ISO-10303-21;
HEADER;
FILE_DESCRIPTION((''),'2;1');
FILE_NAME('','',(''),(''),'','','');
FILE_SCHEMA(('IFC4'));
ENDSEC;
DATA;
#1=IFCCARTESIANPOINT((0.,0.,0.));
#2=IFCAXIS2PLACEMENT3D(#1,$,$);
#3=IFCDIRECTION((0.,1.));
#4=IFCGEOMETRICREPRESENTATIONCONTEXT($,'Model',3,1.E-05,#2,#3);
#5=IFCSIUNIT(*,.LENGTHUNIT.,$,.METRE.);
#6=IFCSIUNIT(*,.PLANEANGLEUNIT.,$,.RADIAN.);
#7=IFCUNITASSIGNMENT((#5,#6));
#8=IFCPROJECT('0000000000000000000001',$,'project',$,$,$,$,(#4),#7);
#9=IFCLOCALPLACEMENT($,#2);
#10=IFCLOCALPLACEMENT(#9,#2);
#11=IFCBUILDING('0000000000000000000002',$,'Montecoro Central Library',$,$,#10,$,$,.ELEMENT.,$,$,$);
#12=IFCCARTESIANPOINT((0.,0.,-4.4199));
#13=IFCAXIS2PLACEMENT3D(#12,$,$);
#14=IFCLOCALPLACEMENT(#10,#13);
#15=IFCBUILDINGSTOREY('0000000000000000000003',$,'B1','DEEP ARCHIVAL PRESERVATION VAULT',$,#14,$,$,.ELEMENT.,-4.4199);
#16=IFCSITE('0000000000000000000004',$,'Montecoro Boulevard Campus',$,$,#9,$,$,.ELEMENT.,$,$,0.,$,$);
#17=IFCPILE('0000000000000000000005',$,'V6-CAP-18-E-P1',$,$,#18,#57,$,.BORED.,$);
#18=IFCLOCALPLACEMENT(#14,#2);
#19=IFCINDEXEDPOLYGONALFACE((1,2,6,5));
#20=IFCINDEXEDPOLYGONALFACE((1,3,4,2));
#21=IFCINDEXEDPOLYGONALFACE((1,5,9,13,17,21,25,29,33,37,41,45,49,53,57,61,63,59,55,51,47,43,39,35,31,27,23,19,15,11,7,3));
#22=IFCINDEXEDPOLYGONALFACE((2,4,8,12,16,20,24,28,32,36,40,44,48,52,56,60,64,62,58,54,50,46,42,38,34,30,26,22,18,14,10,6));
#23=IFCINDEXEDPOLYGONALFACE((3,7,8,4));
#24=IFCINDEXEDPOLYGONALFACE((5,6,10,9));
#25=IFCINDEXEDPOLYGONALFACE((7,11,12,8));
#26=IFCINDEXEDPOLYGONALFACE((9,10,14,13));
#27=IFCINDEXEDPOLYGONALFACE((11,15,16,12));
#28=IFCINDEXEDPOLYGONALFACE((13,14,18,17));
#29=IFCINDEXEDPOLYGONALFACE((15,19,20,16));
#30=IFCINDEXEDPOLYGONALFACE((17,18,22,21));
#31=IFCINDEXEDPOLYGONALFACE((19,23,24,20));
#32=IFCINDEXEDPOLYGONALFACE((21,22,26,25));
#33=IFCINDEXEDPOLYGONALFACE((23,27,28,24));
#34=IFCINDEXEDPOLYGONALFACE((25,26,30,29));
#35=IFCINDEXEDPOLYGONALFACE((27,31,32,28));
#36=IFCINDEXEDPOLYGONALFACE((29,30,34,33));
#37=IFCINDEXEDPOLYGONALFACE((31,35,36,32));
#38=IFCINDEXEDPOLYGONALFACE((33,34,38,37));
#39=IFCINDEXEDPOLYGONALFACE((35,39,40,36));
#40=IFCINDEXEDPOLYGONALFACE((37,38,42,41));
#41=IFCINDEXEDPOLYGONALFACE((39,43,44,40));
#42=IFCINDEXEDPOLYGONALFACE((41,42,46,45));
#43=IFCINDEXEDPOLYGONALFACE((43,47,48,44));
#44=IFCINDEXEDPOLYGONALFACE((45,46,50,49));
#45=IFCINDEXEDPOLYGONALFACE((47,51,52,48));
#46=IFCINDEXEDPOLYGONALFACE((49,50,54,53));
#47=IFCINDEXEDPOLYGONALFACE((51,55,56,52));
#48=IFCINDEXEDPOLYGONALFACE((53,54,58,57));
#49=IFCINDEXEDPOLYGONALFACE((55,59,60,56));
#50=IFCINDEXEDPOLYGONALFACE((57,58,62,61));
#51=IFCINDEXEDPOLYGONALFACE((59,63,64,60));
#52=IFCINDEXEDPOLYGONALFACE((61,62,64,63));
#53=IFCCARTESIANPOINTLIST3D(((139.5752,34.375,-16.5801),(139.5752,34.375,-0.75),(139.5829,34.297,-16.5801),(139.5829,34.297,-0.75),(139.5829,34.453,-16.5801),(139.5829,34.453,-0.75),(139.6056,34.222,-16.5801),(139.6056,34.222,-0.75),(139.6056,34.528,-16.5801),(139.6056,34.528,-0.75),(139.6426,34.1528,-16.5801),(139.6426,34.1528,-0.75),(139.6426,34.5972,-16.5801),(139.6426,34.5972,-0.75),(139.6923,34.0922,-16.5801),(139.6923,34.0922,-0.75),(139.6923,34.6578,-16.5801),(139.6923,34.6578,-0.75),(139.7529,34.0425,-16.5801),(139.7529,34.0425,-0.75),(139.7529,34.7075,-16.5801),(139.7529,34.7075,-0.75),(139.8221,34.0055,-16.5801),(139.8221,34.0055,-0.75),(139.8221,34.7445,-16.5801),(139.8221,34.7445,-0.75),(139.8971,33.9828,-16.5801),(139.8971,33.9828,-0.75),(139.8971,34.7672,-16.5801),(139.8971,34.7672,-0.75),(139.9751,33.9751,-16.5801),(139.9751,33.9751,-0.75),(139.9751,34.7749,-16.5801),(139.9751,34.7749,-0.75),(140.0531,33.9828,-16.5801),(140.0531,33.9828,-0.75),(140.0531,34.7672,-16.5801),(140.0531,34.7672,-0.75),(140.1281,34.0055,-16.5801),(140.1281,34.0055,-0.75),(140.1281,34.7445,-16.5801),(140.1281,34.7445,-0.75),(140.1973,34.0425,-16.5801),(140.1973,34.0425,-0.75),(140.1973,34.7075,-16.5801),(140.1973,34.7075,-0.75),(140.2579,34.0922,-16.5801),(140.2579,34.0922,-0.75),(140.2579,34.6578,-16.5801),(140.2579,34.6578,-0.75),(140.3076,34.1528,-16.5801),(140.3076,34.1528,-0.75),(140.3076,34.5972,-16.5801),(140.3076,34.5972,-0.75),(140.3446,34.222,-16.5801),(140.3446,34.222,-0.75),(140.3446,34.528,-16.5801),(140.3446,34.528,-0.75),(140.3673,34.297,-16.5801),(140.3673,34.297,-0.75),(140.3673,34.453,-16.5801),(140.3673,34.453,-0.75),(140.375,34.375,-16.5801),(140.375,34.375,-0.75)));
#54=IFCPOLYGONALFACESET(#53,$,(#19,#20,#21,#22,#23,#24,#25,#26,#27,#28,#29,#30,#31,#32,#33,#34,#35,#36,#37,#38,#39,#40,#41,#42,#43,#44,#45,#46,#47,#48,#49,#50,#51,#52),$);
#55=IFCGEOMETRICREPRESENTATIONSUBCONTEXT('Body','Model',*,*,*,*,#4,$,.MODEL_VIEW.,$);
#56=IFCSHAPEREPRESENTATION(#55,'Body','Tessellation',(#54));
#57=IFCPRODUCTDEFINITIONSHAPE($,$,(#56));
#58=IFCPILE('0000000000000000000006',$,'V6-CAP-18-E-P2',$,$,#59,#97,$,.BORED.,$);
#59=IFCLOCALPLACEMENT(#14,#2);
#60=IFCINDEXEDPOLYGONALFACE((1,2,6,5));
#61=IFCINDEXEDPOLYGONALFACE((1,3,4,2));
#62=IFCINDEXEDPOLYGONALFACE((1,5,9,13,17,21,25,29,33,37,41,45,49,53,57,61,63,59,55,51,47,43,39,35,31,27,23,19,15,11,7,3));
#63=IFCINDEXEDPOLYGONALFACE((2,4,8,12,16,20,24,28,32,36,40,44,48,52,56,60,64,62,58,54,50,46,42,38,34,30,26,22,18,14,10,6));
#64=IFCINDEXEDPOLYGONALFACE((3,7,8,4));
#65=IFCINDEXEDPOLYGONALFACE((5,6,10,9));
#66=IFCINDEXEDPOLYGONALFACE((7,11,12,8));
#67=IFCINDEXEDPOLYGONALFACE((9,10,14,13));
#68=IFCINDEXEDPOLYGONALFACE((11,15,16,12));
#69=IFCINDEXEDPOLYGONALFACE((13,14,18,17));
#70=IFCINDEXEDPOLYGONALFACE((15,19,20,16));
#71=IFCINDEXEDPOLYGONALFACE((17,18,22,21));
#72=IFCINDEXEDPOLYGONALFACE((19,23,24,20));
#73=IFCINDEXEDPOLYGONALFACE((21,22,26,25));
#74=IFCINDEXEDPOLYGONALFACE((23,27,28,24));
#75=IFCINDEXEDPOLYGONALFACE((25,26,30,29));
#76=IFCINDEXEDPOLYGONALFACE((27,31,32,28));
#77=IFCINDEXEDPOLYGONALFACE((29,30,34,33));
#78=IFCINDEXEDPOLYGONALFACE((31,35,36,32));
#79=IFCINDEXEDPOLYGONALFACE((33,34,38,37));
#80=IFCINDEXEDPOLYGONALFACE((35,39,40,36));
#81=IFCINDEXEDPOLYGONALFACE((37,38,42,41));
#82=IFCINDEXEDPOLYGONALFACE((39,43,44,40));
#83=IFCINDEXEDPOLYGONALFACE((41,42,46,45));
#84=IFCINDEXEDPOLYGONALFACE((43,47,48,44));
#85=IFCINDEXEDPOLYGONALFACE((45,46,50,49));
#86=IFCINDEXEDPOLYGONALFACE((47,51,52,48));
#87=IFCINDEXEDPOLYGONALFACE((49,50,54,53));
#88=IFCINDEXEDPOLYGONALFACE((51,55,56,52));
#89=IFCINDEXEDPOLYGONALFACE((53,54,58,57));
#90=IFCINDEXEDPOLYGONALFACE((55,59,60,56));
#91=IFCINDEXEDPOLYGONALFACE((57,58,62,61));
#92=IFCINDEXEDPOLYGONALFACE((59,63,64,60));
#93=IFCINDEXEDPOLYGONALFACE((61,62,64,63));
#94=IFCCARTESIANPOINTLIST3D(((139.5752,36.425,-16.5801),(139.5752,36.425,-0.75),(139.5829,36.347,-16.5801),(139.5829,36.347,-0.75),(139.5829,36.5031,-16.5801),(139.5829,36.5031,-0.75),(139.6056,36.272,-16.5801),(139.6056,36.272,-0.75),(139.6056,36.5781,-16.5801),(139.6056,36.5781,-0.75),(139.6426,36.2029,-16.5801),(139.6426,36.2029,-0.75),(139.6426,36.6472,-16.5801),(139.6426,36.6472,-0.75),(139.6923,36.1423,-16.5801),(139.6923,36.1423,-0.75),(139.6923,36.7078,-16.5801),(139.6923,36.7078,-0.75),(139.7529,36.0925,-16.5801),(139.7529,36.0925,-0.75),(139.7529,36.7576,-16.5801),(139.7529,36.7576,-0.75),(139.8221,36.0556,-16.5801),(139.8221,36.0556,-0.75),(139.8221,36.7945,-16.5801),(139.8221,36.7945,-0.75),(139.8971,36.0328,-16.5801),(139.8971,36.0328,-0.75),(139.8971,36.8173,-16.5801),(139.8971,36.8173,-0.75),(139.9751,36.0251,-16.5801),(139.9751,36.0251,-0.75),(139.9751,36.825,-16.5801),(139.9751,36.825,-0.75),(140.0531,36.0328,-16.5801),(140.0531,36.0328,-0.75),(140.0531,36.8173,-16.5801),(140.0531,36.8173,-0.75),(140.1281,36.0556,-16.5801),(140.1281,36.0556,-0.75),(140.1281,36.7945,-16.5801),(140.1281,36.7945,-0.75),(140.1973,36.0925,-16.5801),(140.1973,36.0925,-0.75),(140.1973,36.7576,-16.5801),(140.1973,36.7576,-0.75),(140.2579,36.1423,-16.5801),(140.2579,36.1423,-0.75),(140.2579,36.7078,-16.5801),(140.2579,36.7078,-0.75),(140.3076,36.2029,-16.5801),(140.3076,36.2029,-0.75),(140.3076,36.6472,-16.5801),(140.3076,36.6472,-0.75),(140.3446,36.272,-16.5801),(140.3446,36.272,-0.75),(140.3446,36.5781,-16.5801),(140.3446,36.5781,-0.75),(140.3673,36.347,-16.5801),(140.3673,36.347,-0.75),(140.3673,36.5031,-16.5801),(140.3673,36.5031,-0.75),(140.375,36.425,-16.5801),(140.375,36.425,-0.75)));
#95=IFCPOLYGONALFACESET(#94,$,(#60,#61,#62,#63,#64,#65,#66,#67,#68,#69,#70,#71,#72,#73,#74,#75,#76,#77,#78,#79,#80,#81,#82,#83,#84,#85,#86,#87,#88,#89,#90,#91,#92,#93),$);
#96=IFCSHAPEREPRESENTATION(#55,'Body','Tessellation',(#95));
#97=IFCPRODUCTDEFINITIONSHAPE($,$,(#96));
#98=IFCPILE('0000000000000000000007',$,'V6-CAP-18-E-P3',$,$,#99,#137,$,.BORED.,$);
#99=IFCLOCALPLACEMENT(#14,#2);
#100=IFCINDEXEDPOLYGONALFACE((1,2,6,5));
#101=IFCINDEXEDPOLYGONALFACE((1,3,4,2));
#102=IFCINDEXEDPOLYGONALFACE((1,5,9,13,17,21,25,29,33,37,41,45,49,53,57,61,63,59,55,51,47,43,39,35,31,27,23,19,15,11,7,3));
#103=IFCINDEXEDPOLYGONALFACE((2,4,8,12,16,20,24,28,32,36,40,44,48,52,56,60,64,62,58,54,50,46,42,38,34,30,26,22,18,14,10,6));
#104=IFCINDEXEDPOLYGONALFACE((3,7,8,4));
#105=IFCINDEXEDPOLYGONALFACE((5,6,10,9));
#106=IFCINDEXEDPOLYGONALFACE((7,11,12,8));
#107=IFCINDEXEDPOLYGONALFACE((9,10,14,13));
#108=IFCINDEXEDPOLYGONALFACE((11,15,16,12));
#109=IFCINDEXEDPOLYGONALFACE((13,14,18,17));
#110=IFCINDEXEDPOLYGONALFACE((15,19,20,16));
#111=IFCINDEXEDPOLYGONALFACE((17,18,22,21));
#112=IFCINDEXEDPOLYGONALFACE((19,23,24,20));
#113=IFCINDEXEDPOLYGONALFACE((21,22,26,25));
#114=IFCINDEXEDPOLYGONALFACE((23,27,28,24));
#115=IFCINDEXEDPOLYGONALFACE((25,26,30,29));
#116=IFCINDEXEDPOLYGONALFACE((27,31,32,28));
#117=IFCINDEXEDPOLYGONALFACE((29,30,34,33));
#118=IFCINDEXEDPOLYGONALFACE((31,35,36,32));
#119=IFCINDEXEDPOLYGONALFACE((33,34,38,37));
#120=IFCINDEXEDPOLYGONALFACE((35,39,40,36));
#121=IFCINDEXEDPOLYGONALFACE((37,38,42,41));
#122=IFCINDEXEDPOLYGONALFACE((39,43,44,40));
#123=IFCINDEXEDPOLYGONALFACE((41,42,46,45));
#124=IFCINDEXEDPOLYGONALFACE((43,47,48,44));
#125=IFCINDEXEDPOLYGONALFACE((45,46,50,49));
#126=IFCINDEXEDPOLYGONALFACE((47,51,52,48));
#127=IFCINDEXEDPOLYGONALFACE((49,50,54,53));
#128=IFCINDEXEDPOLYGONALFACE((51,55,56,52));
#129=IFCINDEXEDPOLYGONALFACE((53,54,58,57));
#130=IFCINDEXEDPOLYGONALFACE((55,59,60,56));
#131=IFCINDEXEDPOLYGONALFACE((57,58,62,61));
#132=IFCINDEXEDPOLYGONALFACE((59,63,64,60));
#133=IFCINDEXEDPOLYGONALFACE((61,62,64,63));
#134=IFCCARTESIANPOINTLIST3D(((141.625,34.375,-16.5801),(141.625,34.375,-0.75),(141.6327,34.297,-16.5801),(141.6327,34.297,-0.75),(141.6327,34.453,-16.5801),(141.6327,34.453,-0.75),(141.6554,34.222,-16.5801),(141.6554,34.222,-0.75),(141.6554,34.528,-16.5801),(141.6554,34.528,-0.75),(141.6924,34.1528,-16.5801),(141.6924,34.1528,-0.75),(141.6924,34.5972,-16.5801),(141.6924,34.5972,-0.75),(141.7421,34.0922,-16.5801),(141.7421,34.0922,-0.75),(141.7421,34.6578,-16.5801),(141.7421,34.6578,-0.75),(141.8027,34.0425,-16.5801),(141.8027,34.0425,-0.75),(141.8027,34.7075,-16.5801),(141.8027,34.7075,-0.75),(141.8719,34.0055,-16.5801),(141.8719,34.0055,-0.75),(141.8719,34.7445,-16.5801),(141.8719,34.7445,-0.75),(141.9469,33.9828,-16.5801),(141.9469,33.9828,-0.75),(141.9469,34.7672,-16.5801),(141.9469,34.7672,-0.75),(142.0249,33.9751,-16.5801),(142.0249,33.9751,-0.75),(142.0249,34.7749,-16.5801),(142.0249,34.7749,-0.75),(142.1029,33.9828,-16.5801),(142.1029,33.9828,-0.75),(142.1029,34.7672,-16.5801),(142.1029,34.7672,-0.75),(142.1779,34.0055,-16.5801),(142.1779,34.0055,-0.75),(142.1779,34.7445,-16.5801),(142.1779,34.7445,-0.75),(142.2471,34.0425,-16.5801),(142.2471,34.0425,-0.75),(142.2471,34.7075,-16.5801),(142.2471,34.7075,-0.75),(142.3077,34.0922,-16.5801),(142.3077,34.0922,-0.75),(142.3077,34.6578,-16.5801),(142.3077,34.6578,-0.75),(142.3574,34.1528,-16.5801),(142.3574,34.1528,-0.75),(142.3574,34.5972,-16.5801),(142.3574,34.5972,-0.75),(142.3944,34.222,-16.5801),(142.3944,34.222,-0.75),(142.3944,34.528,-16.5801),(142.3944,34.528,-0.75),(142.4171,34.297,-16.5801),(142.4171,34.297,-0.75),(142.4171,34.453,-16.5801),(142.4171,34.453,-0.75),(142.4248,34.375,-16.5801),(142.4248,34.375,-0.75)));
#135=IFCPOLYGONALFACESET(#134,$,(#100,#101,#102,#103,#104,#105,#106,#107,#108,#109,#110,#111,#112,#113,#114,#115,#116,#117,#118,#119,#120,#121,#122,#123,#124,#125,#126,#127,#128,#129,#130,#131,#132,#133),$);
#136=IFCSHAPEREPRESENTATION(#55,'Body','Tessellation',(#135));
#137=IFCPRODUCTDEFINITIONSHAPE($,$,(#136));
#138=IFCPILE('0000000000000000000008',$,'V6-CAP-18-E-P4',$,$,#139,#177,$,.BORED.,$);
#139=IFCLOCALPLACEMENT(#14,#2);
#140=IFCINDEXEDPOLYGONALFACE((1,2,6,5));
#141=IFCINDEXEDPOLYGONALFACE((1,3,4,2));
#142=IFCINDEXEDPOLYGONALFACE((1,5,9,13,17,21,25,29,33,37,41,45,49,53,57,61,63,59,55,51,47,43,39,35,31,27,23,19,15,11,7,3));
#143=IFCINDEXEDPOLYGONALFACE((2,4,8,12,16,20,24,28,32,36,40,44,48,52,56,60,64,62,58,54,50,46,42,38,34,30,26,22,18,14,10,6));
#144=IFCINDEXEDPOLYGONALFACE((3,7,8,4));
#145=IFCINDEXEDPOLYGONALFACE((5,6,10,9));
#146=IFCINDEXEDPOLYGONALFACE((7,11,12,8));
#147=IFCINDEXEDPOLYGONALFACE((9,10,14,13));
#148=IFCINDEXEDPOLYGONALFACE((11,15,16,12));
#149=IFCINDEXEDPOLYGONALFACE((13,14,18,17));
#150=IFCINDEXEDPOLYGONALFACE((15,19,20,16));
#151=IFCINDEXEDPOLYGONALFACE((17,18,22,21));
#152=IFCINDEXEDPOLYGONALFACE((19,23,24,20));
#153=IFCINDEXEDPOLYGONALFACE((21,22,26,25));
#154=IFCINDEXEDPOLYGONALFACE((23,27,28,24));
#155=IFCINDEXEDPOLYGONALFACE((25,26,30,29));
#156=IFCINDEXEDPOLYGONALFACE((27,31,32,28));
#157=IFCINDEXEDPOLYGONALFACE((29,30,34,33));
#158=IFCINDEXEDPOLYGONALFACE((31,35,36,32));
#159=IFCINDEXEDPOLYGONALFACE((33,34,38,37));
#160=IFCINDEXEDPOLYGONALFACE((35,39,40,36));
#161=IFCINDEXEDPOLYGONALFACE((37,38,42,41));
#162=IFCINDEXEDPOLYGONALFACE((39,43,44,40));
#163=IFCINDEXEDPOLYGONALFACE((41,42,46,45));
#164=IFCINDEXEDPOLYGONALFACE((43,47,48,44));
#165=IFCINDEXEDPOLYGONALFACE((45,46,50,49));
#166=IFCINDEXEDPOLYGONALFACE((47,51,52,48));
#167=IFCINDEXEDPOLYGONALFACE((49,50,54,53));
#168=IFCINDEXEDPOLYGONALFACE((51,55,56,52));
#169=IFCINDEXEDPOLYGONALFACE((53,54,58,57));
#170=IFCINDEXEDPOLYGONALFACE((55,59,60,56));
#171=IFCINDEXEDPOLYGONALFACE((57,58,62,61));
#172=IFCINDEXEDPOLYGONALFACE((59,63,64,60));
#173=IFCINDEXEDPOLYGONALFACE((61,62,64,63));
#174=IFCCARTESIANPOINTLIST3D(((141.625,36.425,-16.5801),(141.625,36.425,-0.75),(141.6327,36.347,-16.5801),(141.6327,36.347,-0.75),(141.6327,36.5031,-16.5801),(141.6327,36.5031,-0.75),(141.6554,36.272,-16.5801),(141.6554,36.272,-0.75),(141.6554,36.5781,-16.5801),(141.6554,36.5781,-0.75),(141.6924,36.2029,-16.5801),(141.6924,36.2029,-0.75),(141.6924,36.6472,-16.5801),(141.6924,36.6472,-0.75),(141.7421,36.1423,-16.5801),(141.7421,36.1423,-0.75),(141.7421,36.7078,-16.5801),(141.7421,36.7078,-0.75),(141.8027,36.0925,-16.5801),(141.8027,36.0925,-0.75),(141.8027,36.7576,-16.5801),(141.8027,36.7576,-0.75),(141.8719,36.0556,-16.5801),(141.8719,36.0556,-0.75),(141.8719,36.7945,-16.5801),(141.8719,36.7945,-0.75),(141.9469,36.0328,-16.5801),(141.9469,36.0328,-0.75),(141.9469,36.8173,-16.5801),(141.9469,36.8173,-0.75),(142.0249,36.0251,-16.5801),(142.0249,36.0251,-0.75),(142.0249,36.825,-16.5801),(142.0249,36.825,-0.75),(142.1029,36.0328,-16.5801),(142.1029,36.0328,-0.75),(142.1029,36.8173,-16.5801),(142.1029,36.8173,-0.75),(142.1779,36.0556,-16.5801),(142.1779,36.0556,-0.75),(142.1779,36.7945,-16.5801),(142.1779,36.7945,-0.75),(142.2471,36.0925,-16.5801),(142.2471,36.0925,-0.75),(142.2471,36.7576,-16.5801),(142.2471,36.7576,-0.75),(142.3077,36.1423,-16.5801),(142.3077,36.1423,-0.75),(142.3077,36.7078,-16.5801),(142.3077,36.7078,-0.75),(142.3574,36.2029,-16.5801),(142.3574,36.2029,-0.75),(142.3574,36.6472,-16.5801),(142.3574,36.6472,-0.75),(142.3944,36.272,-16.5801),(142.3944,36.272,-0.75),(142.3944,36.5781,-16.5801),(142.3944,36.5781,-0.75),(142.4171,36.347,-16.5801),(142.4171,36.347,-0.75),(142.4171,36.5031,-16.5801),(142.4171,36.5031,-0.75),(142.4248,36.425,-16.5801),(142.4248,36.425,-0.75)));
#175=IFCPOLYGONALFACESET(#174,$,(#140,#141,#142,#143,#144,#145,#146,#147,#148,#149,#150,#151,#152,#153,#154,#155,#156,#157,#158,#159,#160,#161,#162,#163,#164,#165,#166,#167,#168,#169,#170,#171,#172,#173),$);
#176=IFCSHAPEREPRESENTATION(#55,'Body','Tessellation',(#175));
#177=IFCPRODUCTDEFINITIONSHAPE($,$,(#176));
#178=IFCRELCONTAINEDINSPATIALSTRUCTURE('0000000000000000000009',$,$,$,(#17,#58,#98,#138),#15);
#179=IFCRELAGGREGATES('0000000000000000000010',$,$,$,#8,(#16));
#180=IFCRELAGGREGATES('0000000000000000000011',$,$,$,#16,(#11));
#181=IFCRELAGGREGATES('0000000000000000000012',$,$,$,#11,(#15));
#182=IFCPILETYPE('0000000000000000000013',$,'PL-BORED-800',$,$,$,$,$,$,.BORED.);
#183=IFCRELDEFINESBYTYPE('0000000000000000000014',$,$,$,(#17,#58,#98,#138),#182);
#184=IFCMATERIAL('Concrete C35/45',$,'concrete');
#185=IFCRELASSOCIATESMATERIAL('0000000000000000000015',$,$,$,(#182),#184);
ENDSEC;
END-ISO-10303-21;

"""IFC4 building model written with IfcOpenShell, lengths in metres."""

from ifc_helpers import new_model, si_unit, direction, frame, origin, origin_2d, place, context, subcontext, project, spatial, circle, extrude, material, material_profile, profile_set, type_object, element, save


model = new_model("IFC4")

# Units and contexts
model_context = context("Model", 3, precision=1e-05, world=origin(), true_north=direction((0.0, 1.0)))
body_context = subcontext(model_context, "Body", "Model", "MODEL_VIEW")
ifc_project = project(units=[si_unit("LENGTHUNIT", "METRE"), si_unit("PLANEANGLEUNIT", "RADIAN")], contexts=[model_context])

# Site, building, storey
site_placement = place(None, origin())
site = spatial("IfcSite", under=ifc_project, at=site_placement, Name="Montecoro Boulevard Campus", CompositionType="ELEMENT", RefElevation=0.0)
building_placement = place(site_placement, origin())
building = spatial("IfcBuilding", under=site, at=building_placement, Name="Montecoro Central Library", CompositionType="ELEMENT")
storey_placement = place(building_placement, frame((0.0, 0.0, -4.4199)))
storey = spatial("IfcBuildingStorey", under=building, at=storey_placement, Name="B1", Description="DEEP ARCHIVAL PRESERVATION VAULT", CompositionType="ELEMENT", Elevation=-4.4199)

# Shared definitions
ifc_material_1 = material(Name="Concrete C35/45", Category="concrete")

# Piles
ifc_material_profile_1 = material_profile(ifc_material_1, circle(Radius=0.3999, at=origin_2d()), Name="PILE D800")
ifc_profile_set_1 = profile_set([ifc_material_profile_1], Name="Concrete C35/45")
pile_type_1 = type_object("IfcPileType", Name="PL-BORED-800", PredefinedType="BORED", material=ifc_profile_set_1)
for number, where, z_axis, x_axis, name in (
    (1, (139.9751, 34.375, -0.75), (0.0, 0.0, -1.0), (1.0, 0.0, 0.0), "V6-CAP-18-E-P1"),
    (2, (139.9751, 36.425, -0.75), (0.0, 0.0, -1.0), (1.0, 0.0, 0.0), "V6-CAP-18-E-P2"),
    (3, (142.0249, 34.375, -0.75), (0.0, 0.0, -1.0), (1.0, 0.0, 0.0), "V6-CAP-18-E-P3"),
    (4, (142.0249, 36.425, -0.75), (0.0, 0.0, -1.0), (1.0, 0.0, 0.0), "V6-CAP-18-E-P4"),
):
    element("IfcPile", number, at=place(storey_placement, frame(where, z_axis=z_axis, x_axis=x_axis)), inside=storey, type_object=pile_type_1, Name=name, PredefinedType="BORED", context=body_context, shape_type="SweptSolid", body=[
        extrude(circle(Radius=0.3999, at=origin_2d()), origin(), (0.0, 0.0, 1.0), 15.8301),
    ])

save(model, "model.ifc")
